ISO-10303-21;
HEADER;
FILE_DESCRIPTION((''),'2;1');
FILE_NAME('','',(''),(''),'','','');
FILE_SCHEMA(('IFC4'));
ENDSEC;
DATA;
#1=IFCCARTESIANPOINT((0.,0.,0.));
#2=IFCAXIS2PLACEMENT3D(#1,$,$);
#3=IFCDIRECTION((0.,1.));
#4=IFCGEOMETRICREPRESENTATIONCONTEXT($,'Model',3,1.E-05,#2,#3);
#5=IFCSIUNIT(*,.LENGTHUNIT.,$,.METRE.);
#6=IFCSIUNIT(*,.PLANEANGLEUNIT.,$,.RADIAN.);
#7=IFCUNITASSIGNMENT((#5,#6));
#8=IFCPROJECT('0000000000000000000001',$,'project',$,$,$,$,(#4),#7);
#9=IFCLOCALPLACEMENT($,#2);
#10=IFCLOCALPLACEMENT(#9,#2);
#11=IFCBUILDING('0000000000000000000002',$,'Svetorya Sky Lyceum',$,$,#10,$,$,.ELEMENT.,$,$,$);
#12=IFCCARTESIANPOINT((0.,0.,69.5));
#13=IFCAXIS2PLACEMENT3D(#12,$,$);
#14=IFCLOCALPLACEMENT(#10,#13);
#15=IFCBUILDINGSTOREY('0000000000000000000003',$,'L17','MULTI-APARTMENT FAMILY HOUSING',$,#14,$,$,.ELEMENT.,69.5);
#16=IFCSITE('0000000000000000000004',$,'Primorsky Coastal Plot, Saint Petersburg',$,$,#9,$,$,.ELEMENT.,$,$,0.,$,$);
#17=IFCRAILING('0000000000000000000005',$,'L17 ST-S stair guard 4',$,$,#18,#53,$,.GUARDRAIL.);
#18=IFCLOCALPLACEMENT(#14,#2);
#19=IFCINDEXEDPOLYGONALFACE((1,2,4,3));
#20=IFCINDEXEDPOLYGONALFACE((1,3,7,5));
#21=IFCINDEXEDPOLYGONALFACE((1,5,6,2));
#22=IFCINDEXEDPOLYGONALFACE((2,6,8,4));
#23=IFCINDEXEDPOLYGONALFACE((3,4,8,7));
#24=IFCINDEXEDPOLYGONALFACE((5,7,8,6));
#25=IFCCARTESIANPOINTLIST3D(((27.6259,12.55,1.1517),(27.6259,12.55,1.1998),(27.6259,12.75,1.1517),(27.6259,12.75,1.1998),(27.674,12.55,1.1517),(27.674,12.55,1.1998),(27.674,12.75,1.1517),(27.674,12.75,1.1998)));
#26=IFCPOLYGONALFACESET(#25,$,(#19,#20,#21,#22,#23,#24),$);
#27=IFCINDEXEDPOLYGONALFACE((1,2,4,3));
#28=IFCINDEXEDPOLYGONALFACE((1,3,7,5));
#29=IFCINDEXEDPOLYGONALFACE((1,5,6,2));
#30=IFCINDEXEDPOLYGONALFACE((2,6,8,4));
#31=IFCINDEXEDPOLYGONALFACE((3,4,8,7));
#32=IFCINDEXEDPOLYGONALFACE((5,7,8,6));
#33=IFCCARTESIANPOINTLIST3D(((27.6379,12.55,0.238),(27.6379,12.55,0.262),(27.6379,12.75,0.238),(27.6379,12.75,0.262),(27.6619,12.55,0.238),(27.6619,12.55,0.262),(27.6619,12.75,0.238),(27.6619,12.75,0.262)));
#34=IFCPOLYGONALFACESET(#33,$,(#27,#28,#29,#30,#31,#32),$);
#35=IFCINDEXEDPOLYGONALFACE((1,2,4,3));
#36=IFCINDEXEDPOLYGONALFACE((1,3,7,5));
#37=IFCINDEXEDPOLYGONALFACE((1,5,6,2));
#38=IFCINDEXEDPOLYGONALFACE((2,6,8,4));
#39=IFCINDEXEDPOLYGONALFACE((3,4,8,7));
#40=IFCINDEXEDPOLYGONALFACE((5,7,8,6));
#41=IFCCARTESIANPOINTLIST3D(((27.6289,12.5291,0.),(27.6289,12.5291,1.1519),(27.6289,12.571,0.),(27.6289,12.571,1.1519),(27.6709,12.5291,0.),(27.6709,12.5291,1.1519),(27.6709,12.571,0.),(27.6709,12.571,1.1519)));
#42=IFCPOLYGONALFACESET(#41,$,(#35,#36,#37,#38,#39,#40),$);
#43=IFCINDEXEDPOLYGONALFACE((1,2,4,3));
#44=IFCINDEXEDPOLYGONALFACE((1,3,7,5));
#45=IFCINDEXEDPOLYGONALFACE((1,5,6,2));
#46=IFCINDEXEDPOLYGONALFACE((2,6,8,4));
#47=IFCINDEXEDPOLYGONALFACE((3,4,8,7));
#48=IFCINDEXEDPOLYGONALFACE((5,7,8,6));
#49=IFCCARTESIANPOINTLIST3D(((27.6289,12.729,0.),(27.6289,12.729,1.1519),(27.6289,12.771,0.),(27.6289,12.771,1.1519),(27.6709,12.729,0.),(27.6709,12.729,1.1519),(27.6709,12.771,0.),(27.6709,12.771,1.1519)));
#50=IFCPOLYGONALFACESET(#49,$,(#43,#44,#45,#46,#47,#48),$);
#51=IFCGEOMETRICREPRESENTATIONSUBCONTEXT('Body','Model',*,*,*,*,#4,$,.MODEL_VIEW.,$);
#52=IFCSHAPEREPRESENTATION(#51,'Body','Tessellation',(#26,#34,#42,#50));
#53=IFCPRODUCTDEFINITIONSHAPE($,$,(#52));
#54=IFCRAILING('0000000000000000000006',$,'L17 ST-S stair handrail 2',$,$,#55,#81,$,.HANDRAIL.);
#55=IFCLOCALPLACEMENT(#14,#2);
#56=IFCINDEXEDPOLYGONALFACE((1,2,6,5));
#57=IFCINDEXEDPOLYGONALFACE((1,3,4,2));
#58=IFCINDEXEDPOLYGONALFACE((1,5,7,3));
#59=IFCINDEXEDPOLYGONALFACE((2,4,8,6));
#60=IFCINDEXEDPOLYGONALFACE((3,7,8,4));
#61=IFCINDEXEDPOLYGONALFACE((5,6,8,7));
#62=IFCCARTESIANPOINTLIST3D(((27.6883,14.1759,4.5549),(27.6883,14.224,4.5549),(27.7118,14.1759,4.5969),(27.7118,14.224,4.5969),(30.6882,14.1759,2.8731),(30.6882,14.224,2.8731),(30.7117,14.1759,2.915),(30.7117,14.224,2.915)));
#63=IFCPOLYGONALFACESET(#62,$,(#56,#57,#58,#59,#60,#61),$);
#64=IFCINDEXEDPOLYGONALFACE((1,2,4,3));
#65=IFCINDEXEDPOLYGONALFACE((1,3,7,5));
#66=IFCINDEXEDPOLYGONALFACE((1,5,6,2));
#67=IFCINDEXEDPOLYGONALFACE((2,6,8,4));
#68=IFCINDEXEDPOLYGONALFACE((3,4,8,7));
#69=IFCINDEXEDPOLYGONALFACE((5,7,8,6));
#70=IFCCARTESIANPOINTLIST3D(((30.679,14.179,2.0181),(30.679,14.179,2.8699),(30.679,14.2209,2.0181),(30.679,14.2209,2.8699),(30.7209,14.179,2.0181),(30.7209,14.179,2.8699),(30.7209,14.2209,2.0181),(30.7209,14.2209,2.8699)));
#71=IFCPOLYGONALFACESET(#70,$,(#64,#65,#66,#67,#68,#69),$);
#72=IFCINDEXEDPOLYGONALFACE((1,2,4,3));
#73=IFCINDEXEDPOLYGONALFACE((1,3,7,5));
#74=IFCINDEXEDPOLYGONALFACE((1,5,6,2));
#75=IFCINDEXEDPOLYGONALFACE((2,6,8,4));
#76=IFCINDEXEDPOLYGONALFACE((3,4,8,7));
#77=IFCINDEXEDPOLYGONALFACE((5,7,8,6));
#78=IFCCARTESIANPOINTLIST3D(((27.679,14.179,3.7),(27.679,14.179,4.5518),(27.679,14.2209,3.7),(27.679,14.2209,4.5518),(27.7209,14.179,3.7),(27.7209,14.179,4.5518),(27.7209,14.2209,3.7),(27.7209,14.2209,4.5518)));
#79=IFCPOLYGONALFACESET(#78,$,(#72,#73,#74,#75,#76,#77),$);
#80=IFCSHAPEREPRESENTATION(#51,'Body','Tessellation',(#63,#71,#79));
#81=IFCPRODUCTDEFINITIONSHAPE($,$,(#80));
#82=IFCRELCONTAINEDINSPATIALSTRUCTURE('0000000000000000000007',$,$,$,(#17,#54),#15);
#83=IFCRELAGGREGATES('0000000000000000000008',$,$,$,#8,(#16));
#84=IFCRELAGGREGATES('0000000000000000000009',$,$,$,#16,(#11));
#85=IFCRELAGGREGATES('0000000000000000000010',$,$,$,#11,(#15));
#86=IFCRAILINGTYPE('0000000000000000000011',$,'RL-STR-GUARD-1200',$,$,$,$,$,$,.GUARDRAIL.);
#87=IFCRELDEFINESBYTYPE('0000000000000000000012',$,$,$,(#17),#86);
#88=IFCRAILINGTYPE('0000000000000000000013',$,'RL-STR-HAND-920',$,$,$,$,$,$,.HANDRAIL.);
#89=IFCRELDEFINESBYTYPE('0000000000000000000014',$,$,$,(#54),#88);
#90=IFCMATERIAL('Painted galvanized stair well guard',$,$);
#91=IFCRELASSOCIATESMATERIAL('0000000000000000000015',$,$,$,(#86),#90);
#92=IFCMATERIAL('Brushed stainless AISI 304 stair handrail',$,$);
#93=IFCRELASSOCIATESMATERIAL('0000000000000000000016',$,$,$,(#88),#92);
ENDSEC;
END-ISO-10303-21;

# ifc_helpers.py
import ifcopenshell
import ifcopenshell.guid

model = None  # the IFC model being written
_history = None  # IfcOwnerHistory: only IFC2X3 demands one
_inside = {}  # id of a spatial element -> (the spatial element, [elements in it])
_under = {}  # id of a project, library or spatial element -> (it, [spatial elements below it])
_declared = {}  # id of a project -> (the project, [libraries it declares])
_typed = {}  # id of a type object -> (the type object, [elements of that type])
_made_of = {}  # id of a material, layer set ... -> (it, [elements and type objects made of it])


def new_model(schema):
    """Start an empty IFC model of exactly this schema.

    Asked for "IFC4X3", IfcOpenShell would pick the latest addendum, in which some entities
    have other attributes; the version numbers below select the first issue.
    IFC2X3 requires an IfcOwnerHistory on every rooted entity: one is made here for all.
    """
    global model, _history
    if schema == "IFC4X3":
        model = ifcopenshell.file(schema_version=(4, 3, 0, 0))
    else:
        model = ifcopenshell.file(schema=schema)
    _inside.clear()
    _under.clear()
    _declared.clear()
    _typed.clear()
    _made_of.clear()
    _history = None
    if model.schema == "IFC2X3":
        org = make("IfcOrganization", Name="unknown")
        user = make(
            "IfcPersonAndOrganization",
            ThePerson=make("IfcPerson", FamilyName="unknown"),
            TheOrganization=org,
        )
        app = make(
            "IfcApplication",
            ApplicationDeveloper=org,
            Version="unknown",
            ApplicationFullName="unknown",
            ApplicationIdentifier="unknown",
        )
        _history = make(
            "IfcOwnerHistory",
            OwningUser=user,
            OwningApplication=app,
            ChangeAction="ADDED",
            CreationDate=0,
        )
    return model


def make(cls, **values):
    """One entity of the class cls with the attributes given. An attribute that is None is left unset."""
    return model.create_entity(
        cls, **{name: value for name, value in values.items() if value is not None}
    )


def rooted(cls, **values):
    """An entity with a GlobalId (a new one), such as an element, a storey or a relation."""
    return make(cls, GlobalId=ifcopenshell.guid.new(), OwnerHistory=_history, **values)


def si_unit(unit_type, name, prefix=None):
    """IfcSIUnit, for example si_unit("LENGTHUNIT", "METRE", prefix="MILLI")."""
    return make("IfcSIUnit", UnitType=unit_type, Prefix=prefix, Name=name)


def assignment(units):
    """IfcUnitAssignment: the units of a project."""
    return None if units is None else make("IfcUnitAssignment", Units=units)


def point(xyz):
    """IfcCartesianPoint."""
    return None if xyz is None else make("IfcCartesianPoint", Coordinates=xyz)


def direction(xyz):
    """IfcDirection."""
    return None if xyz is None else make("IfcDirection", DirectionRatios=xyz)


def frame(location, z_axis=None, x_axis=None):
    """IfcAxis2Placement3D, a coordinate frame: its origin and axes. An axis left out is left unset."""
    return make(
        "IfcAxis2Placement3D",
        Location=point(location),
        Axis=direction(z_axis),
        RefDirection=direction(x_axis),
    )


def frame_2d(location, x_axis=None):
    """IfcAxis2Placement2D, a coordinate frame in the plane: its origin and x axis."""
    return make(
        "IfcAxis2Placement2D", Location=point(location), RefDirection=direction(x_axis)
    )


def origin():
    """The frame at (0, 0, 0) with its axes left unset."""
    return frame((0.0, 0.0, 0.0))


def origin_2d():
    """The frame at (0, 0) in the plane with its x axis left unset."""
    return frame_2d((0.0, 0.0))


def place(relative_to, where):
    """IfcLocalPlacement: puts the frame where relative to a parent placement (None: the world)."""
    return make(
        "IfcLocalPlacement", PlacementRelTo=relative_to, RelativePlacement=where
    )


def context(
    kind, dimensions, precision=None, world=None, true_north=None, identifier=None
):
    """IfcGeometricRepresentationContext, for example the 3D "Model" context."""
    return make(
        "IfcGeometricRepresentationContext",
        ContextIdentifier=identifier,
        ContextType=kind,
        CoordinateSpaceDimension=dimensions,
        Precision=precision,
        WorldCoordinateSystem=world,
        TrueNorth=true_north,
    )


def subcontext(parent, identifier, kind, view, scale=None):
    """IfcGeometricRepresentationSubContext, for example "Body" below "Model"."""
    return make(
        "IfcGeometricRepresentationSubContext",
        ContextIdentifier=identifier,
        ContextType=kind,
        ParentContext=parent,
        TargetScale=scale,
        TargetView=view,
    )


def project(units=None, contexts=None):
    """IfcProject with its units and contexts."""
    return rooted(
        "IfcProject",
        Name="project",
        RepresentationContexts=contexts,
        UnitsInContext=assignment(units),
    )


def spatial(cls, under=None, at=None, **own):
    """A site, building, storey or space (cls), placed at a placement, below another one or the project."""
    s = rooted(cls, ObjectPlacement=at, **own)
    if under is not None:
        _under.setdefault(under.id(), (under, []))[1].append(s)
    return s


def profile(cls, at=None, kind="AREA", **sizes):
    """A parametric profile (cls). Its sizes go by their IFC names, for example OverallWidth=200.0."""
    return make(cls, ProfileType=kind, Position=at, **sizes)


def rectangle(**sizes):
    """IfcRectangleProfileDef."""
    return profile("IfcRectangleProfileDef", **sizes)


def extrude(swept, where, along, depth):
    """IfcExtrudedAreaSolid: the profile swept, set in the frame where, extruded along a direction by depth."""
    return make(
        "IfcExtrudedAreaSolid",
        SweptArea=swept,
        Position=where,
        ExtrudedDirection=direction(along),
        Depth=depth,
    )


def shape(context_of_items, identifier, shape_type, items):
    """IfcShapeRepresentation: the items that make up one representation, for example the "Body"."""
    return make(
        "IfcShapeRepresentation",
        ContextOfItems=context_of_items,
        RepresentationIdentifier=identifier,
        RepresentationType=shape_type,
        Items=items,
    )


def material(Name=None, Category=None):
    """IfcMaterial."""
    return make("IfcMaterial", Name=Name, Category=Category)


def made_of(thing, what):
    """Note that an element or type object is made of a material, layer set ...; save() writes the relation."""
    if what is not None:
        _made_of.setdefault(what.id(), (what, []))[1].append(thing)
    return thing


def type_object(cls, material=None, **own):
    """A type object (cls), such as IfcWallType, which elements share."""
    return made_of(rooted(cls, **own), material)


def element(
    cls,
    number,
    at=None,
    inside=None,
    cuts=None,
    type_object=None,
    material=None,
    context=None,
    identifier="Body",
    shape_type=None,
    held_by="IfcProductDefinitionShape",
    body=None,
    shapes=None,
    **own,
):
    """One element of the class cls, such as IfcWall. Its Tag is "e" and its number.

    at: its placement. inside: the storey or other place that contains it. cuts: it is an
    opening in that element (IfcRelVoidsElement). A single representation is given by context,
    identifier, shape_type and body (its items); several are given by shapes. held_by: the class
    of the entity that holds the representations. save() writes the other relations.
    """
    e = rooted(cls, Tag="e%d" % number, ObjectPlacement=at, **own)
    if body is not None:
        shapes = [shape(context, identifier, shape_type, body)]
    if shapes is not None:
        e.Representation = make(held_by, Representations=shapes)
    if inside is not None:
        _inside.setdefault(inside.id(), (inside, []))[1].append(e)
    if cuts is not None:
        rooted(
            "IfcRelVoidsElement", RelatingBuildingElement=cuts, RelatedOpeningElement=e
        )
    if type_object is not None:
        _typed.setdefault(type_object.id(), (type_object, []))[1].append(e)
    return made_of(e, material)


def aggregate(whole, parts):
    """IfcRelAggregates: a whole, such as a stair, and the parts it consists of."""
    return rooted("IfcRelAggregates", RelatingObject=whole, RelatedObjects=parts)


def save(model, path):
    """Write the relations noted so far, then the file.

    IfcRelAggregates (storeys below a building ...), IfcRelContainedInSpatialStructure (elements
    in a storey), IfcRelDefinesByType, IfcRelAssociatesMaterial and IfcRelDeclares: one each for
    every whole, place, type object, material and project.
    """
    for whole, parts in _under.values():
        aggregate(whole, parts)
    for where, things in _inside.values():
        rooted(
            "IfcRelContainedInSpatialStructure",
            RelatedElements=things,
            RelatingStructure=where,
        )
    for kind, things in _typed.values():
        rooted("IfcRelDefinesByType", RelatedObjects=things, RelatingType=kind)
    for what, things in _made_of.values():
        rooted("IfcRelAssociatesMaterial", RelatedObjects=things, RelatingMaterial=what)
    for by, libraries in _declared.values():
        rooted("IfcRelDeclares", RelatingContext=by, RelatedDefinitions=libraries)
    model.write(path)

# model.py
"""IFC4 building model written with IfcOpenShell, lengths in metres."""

from ifc_helpers import new_model, si_unit, direction, frame, origin, origin_2d, place, context, subcontext, project, spatial, rectangle, extrude, material, type_object, element, save


model = new_model("IFC4")

# Units and contexts
model_context = context("Model", 3, precision=1e-05, world=origin(), true_north=direction((0.0, 1.0)))
body_context = subcontext(model_context, "Body", "Model", "MODEL_VIEW")
ifc_project = project(units=[si_unit("LENGTHUNIT", "METRE"), si_unit("PLANEANGLEUNIT", "RADIAN")], contexts=[model_context])

# Site, building, storey
site_placement = place(None, origin())
site = spatial("IfcSite", under=ifc_project, at=site_placement, Name="Primorsky Coastal Plot, Saint Petersburg", CompositionType="ELEMENT", RefElevation=0.0)
building_placement = place(site_placement, origin())
building = spatial("IfcBuilding", under=site, at=building_placement, Name="Svetorya Sky Lyceum", CompositionType="ELEMENT")
storey_placement = place(building_placement, frame((0.0, 0.0, 69.5)))
storey = spatial("IfcBuildingStorey", under=building, at=storey_placement, Name="L17", Description="MULTI-APARTMENT FAMILY HOUSING", CompositionType="ELEMENT", Elevation=69.5)

# Railings
ifc_material_1 = material(Name="Painted galvanized stair well guard")
railing_type_1 = type_object("IfcRailingType", Name="RL-STR-GUARD-1200", PredefinedType="GUARDRAIL", material=ifc_material_1)
railing_1_placement = place(storey_placement, frame((27.6499, 12.55, 0.0)))
element("IfcRailing", 1, at=railing_1_placement, inside=storey, type_object=railing_type_1, Name="L17 ST-S stair guard 4", PredefinedType="GUARDRAIL", context=body_context, shape_type="SweptSolid", body=[
    extrude(rectangle(XDim=0.0481, YDim=0.0481, at=origin_2d()), frame((0.0, 0.0, 1.1758), z_axis=(0.0, 1.0, 0.0), x_axis=(-1.0, 0.0, 0.0)), (0.0, 0.0, 1.0), 0.2),
    extrude(rectangle(XDim=0.0239, YDim=0.0239, at=origin_2d()), frame((0.0, 0.0, 0.25), z_axis=(0.0, 1.0, 0.0), x_axis=(-1.0, 0.0, 0.0)), (0.0, 0.0, 1.0), 0.2),
    extrude(rectangle(XDim=0.042, YDim=0.042, at=origin_2d()), origin(), (0.0, 0.0, 1.0), 1.1519),
    extrude(rectangle(XDim=0.042, YDim=0.042, at=origin_2d()), frame((0.0, 0.2, 0.0)), (0.0, 0.0, 1.0), 1.1519),
])
ifc_material_2 = material(Name="Brushed stainless AISI 304 stair handrail")
railing_type_2 = type_object("IfcRailingType", Name="RL-STR-HAND-920", PredefinedType="HANDRAIL", material=ifc_material_2)
railing_2_placement = place(storey_placement, frame((30.7, 14.2, 2.0181)))
element("IfcRailing", 2, at=railing_2_placement, inside=storey, type_object=railing_type_2, Name="L17 ST-S stair handrail 2", PredefinedType="HANDRAIL", context=body_context, shape_type="SweptSolid", body=[
    extrude(rectangle(XDim=0.0481, YDim=0.0481, at=origin_2d()), frame((0.0, 0.0, 0.876), z_axis=(-0.872272, 0.0, 0.48902), x_axis=(0.0, -1.0, 0.0)), (0.0, 0.0, 1.0), 3.4392),
    extrude(rectangle(XDim=0.042, YDim=0.042, at=origin_2d()), origin(), (0.0, 0.0, 1.0), 0.8518),
    extrude(rectangle(XDim=0.042, YDim=0.042, at=origin_2d()), frame((-3.0, 0.0, 1.6819)), (0.0, 0.0, 1.0), 0.8518),
])

save(model, "model.ifc")
